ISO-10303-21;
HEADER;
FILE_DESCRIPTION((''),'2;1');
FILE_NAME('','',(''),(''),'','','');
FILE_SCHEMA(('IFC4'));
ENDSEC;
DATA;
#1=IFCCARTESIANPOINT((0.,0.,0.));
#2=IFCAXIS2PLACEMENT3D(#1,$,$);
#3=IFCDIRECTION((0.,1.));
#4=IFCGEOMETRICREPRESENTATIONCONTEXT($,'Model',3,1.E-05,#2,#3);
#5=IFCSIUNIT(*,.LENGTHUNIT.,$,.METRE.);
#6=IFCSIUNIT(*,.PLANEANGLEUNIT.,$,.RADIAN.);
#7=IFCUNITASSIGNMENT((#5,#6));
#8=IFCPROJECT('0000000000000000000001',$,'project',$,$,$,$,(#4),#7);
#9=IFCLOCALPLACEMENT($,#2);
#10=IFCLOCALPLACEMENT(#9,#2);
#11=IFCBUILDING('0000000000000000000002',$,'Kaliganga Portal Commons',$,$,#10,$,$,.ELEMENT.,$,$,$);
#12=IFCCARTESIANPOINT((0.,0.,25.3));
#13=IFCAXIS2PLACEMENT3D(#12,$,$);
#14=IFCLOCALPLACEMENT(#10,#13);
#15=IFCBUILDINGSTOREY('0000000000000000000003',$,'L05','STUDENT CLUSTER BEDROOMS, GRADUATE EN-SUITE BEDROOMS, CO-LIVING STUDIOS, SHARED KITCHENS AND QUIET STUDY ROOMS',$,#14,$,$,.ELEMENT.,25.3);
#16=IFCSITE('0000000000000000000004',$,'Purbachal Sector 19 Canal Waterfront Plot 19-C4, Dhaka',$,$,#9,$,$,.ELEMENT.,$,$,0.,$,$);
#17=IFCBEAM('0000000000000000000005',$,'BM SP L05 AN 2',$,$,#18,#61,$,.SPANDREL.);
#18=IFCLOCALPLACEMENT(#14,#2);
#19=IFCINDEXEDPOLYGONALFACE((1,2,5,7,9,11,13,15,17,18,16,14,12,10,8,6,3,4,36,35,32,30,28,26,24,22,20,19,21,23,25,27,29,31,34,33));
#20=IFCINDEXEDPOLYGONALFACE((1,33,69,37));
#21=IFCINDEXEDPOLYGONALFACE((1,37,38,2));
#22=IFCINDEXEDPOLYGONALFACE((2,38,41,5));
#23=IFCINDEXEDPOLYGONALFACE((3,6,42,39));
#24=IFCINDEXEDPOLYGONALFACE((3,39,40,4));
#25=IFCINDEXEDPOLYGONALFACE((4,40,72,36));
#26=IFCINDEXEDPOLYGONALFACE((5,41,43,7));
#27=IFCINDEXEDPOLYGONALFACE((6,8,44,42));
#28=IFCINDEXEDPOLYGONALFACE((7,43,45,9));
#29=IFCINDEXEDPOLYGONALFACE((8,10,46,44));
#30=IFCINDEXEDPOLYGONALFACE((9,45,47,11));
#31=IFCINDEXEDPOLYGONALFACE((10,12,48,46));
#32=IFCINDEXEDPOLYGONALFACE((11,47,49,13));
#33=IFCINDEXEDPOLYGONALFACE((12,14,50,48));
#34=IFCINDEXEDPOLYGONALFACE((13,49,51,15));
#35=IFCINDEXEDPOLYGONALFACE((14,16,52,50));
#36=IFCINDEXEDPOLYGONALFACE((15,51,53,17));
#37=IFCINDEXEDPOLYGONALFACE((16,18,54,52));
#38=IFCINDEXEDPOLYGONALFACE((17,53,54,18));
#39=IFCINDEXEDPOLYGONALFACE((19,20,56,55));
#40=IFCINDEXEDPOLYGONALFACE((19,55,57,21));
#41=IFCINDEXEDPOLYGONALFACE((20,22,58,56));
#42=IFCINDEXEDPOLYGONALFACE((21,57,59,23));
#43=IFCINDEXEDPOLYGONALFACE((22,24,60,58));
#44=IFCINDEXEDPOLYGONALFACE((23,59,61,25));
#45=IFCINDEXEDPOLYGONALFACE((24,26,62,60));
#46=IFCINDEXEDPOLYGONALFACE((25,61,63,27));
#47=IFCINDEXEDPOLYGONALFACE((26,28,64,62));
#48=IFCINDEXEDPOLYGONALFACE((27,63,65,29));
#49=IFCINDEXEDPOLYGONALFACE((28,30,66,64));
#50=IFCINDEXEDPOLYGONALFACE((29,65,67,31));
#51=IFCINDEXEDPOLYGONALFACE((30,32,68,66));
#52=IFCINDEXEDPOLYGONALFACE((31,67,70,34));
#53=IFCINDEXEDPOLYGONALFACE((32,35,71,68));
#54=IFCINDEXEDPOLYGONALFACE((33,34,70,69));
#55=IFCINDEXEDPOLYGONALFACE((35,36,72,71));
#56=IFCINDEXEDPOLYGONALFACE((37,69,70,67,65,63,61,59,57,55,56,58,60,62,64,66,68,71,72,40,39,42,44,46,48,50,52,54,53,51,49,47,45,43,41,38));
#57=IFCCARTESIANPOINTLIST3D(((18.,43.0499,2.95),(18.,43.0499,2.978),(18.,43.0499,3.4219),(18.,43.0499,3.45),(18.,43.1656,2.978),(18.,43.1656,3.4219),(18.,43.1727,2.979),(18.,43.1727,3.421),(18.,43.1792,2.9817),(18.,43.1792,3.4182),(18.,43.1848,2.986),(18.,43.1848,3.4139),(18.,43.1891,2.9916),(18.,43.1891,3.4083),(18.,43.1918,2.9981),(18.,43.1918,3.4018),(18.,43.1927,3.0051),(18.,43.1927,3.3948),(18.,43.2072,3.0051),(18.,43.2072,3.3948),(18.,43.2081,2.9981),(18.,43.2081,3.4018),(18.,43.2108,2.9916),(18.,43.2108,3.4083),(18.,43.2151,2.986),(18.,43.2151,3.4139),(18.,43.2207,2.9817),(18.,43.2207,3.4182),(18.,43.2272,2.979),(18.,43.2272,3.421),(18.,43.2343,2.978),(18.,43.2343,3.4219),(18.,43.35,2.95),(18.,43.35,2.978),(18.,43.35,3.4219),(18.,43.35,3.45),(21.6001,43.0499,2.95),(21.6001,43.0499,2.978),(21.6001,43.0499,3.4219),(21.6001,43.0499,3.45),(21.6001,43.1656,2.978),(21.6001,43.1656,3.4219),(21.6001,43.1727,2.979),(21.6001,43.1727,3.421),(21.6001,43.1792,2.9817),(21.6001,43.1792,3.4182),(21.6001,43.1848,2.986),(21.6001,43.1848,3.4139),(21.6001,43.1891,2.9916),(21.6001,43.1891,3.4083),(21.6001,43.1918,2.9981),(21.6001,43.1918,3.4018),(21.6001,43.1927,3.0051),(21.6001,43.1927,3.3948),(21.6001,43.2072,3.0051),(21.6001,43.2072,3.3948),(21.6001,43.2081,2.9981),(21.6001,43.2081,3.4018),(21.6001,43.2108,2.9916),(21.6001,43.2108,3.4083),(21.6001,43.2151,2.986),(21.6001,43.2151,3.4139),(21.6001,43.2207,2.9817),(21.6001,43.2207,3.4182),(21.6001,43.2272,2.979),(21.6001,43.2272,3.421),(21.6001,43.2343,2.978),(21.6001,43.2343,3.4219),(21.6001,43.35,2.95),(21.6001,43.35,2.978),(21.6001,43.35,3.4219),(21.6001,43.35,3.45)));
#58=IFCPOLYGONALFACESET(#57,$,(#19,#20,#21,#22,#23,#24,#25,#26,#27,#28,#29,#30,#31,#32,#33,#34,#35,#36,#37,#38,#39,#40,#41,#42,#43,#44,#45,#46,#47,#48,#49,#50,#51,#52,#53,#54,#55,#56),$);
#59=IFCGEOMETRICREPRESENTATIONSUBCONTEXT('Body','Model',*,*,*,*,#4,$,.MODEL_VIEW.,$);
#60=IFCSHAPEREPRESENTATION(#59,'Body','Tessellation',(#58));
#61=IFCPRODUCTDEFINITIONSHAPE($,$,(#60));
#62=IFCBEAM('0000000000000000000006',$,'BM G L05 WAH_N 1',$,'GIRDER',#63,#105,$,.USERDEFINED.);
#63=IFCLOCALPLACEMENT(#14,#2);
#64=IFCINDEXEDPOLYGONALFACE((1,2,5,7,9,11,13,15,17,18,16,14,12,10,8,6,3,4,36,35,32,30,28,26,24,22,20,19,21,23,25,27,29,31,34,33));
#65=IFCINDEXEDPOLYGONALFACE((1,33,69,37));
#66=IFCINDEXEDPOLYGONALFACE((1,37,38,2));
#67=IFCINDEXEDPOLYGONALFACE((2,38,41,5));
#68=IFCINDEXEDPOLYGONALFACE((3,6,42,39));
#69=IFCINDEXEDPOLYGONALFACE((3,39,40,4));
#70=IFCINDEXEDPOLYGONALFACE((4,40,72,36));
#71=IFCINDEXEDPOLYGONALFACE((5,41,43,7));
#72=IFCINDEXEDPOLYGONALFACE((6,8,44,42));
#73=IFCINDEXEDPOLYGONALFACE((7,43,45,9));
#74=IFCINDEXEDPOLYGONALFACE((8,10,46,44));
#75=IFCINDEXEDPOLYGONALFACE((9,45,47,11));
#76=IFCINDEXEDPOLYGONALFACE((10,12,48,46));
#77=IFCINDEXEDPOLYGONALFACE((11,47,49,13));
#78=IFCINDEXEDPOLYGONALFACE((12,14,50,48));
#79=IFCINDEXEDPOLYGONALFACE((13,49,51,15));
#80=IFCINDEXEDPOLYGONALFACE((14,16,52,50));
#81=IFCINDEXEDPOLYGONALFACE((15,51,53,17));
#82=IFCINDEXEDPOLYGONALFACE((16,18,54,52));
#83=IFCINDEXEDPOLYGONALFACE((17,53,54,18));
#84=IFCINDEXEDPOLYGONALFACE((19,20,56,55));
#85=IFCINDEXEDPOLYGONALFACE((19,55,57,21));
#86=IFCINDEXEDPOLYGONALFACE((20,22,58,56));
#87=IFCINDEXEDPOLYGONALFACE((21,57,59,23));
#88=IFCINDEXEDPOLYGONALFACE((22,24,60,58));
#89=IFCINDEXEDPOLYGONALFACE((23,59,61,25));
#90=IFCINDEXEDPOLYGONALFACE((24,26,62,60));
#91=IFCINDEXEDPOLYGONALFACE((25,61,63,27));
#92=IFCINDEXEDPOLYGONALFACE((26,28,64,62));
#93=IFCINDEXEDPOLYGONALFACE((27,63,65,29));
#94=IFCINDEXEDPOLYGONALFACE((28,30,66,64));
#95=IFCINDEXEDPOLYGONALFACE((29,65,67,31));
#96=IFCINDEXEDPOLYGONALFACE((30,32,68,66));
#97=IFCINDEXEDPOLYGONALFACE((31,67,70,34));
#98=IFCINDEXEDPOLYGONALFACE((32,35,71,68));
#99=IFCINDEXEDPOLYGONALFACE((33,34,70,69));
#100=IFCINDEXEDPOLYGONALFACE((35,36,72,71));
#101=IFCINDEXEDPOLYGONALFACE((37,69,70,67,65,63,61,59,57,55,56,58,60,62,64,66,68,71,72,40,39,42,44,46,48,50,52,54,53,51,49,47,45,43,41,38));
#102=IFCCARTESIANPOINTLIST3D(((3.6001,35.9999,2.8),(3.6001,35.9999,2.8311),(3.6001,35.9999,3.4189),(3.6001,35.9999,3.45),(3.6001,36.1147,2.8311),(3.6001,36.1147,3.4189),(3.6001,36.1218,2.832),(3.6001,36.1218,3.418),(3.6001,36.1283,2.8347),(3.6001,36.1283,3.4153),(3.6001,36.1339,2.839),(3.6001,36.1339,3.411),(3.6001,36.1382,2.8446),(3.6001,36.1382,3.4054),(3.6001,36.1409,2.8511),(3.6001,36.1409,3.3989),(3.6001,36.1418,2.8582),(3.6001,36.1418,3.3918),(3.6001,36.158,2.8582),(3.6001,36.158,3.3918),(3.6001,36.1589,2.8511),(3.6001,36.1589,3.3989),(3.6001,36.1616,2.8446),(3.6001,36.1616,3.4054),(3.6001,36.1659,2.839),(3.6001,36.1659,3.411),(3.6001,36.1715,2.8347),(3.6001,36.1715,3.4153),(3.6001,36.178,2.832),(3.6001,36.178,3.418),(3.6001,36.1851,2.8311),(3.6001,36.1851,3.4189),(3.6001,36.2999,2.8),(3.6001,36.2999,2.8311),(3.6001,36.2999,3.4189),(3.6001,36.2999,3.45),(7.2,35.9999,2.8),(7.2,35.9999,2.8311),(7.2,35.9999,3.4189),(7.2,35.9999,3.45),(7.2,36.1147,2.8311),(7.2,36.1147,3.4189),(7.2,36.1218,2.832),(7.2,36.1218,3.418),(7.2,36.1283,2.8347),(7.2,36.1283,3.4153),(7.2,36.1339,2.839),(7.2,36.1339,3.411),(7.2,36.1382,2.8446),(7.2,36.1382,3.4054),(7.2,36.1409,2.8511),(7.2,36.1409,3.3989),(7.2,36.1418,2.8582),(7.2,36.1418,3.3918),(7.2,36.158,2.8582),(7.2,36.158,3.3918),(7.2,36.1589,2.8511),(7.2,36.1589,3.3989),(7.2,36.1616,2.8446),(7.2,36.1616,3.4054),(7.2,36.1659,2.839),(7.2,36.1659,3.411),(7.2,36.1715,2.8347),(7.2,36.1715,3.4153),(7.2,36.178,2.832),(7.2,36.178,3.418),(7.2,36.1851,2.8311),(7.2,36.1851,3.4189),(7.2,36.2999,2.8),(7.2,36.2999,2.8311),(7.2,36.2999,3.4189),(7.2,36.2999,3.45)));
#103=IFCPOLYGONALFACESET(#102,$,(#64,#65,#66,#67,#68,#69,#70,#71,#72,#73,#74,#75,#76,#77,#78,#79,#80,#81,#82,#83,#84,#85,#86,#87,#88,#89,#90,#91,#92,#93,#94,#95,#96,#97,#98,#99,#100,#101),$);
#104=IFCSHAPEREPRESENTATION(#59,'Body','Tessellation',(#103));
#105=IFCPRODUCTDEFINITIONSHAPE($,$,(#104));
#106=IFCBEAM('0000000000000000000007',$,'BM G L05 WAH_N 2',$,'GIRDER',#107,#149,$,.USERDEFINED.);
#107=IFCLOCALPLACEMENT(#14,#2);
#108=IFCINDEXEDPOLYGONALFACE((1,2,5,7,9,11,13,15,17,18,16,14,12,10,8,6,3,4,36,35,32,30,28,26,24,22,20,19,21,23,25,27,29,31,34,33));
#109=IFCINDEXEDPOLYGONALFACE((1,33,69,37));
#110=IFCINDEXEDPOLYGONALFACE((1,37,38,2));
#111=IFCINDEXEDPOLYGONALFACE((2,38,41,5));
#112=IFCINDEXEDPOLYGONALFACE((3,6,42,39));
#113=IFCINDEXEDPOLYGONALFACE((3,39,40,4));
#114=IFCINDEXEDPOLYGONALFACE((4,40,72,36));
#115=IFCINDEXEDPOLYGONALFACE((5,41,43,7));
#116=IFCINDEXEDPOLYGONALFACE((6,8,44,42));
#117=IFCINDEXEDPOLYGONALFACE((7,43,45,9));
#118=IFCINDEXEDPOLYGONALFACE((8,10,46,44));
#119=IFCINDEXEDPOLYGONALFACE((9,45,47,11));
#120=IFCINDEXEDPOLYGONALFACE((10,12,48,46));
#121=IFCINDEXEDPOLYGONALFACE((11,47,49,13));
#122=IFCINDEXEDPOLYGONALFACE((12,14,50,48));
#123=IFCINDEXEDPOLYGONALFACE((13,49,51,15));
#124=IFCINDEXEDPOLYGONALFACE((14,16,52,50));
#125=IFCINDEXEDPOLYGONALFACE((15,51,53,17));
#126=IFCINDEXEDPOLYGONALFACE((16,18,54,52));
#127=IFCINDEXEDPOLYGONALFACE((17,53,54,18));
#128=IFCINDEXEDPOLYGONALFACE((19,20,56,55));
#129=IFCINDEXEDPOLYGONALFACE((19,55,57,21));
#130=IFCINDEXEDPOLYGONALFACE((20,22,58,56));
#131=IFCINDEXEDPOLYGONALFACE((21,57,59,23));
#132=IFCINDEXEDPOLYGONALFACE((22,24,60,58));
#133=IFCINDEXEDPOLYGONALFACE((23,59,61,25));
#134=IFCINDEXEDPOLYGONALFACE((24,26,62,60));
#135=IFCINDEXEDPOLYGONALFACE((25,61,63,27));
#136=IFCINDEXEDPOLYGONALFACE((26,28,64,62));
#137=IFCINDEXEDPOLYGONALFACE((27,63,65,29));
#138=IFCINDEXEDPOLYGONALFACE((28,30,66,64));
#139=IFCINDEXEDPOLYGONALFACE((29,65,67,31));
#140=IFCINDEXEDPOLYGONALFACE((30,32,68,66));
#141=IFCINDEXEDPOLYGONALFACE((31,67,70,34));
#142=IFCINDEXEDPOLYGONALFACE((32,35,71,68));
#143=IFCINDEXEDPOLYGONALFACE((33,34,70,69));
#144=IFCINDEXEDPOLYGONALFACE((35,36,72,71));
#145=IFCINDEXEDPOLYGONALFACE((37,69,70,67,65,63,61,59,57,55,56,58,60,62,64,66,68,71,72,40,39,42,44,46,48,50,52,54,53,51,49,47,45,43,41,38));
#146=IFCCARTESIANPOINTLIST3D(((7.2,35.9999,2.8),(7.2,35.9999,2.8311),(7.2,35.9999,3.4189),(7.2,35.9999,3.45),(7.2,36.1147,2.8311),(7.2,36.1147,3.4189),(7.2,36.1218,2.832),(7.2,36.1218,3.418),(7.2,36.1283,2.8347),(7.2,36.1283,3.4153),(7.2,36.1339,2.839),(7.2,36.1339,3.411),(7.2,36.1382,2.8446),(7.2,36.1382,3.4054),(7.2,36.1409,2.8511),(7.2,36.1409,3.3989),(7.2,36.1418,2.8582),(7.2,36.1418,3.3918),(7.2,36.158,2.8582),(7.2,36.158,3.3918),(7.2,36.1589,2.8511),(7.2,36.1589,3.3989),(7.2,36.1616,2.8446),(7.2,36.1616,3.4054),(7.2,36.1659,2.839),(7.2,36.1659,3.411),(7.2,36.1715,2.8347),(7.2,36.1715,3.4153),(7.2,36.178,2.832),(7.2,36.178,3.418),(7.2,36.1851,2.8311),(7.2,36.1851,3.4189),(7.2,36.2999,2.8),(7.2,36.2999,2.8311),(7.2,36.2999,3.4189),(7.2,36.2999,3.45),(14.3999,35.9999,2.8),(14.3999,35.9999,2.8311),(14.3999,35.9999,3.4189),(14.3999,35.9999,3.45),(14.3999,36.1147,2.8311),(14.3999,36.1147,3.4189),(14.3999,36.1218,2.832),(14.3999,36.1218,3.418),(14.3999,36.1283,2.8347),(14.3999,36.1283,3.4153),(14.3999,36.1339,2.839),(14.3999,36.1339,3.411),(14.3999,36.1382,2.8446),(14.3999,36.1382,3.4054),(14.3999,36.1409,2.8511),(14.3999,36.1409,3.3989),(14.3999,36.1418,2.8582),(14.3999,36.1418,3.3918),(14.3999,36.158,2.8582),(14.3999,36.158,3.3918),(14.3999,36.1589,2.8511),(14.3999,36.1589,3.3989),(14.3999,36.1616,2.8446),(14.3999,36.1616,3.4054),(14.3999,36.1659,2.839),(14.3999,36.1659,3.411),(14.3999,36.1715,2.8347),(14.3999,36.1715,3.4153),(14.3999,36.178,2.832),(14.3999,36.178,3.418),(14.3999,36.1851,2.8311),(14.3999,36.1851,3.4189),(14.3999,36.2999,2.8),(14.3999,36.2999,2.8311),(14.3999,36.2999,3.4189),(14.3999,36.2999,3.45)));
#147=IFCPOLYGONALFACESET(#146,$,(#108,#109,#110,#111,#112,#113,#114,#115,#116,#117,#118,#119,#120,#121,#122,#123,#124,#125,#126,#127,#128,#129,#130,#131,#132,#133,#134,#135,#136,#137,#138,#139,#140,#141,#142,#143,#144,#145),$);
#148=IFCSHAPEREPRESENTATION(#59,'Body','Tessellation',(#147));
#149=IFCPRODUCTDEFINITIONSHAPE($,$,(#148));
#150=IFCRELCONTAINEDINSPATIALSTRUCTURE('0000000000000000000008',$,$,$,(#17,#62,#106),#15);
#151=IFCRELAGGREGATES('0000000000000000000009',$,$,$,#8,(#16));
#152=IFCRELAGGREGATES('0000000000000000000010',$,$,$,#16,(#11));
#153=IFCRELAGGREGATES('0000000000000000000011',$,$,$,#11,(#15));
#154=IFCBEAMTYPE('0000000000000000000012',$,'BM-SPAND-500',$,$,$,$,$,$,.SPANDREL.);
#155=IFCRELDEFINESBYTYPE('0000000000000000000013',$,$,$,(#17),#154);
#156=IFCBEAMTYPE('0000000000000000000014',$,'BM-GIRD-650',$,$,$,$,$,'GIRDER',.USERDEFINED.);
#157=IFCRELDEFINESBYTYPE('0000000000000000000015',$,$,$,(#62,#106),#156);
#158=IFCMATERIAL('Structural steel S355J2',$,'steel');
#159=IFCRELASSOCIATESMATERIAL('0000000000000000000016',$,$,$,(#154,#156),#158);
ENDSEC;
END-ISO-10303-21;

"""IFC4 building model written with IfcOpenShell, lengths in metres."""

from ifc_helpers import new_model, si_unit, direction, frame, origin, origin_2d, place, context, subcontext, project, spatial, i_section, extrude, source, transform, mapped, material, material_profile, profile_set, type_object, element, save


model = new_model("IFC4")

# Units and contexts
model_context = context("Model", 3, precision=1e-05, world=origin(), true_north=direction((0.0, 1.0)))
body_context = subcontext(model_context, "Body", "Model", "MODEL_VIEW")
ifc_project = project(units=[si_unit("LENGTHUNIT", "METRE"), si_unit("PLANEANGLEUNIT", "RADIAN")], contexts=[model_context])

# Site, building, storey
site_placement = place(None, origin())
site = spatial("IfcSite", under=ifc_project, at=site_placement, Name="Purbachal Sector 19 Canal Waterfront Plot 19-C4, Dhaka", CompositionType="ELEMENT", RefElevation=0.0)
building_placement = place(site_placement, origin())
building = spatial("IfcBuilding", under=site, at=building_placement, Name="Kaliganga Portal Commons", CompositionType="ELEMENT")
storey_placement = place(building_placement, frame((0.0, 0.0, 25.3)))
storey = spatial("IfcBuildingStorey", under=building, at=storey_placement, Name="L05", Description="STUDENT CLUSTER BEDROOMS, GRADUATE EN-SUITE BEDROOMS, CO-LIVING STUDIOS, SHARED KITCHENS AND QUIET STUDY ROOMS", CompositionType="ELEMENT", Elevation=25.3)

# Beams
ifc_material_1 = material(Name="Structural steel S355J2", Category="steel")
ifc_material_profile_1 = material_profile(ifc_material_1, i_section(OverallWidth=0.3, OverallDepth=0.5, WebThickness=0.0144, FlangeThickness=0.0281, FilletRadius=0.0271, at=origin_2d()), Name="HE 500 B")
ifc_profile_set_1 = profile_set([ifc_material_profile_1], Name="Structural steel S355J2 wide-flange")
beam_type_1 = type_object("IfcBeamType", Name="BM-SPAND-500", PredefinedType="SPANDREL", material=ifc_profile_set_1)
shared_shape_1 = source(origin(), body_context, "Body", "SweptSolid", [
    extrude(i_section(OverallWidth=0.3, OverallDepth=0.5, WebThickness=0.0144, FlangeThickness=0.0281, FilletRadius=0.0271, at=origin_2d()), origin(), (0.0, 0.0, 1.0), 3.6001),
])
for number, where, z_axis, x_axis, name in (
    (1, (18.0, 43.2, 3.2), (1.0, 0.0, 0.0), (0.0, 1.0, 0.0), "BM SP L05 AN 2"),
):
    element("IfcBeam", number, at=place(storey_placement, frame(where, z_axis=z_axis, x_axis=x_axis)), inside=storey, type_object=beam_type_1, Name=name, PredefinedType="SPANDREL", context=body_context, shape_type="MappedRepresentation", body=[
        mapped(shared_shape_1, transform((0.0, 0.0, 0.0), x_axis=(1.0, 0.0, 0.0), y_axis=(0.0, 1.0, 0.0), z_axis=(0.0, 0.0, 1.0), scale=1.0)),
    ])
ifc_material_profile_2 = material_profile(ifc_material_1, i_section(OverallWidth=0.3, OverallDepth=0.6499, WebThickness=0.0161, FlangeThickness=0.031, FilletRadius=0.0271, at=origin_2d()), Name="HE 650 B")
ifc_profile_set_2 = profile_set([ifc_material_profile_2], Name="Structural steel S355J2 wide-flange")
beam_type_2 = type_object("IfcBeamType", Name="BM-GIRD-650", ElementType="GIRDER", PredefinedType="USERDEFINED", material=ifc_profile_set_2)
shared_shape_2 = source(origin(), body_context, "Body", "SweptSolid", [
    extrude(i_section(OverallWidth=0.3, OverallDepth=0.6499, WebThickness=0.0161, FlangeThickness=0.031, FilletRadius=0.0271, at=origin_2d()), origin(), (0.0, 0.0, 1.0), 3.5999),
])
beam_1_placement = place(storey_placement, frame((3.6001, 36.1499, 3.125), z_axis=(1.0, 0.0, 0.0), x_axis=(0.0, 1.0, 0.0)))
element("IfcBeam", 2, at=beam_1_placement, inside=storey, type_object=beam_type_2, Name="BM G L05 WAH_N 1", ObjectType="GIRDER", PredefinedType="USERDEFINED", context=body_context, shape_type="MappedRepresentation", body=[
    mapped(shared_shape_2, transform((0.0, 0.0, 0.0), x_axis=(1.0, 0.0, 0.0), y_axis=(0.0, 1.0, 0.0), z_axis=(0.0, 0.0, 1.0), scale=1.0)),
])
shared_shape_3 = source(origin(), body_context, "Body", "SweptSolid", [
    extrude(i_section(OverallWidth=0.3, OverallDepth=0.6499, WebThickness=0.0161, FlangeThickness=0.031, FilletRadius=0.0271, at=origin_2d()), origin(), (0.0, 0.0, 1.0), 7.2),
])
beam_2_placement = place(storey_placement, frame((7.2, 36.1499, 3.125), z_axis=(1.0, 0.0, 0.0), x_axis=(0.0, 1.0, 0.0)))
element("IfcBeam", 3, at=beam_2_placement, inside=storey, type_object=beam_type_2, Name="BM G L05 WAH_N 2", ObjectType="GIRDER", PredefinedType="USERDEFINED", context=body_context, shape_type="MappedRepresentation", body=[
    mapped(shared_shape_3, transform((0.0, 0.0, 0.0), x_axis=(1.0, 0.0, 0.0), y_axis=(0.0, 1.0, 0.0), z_axis=(0.0, 0.0, 1.0), scale=1.0)),
])

save(model, "model.ifc")
